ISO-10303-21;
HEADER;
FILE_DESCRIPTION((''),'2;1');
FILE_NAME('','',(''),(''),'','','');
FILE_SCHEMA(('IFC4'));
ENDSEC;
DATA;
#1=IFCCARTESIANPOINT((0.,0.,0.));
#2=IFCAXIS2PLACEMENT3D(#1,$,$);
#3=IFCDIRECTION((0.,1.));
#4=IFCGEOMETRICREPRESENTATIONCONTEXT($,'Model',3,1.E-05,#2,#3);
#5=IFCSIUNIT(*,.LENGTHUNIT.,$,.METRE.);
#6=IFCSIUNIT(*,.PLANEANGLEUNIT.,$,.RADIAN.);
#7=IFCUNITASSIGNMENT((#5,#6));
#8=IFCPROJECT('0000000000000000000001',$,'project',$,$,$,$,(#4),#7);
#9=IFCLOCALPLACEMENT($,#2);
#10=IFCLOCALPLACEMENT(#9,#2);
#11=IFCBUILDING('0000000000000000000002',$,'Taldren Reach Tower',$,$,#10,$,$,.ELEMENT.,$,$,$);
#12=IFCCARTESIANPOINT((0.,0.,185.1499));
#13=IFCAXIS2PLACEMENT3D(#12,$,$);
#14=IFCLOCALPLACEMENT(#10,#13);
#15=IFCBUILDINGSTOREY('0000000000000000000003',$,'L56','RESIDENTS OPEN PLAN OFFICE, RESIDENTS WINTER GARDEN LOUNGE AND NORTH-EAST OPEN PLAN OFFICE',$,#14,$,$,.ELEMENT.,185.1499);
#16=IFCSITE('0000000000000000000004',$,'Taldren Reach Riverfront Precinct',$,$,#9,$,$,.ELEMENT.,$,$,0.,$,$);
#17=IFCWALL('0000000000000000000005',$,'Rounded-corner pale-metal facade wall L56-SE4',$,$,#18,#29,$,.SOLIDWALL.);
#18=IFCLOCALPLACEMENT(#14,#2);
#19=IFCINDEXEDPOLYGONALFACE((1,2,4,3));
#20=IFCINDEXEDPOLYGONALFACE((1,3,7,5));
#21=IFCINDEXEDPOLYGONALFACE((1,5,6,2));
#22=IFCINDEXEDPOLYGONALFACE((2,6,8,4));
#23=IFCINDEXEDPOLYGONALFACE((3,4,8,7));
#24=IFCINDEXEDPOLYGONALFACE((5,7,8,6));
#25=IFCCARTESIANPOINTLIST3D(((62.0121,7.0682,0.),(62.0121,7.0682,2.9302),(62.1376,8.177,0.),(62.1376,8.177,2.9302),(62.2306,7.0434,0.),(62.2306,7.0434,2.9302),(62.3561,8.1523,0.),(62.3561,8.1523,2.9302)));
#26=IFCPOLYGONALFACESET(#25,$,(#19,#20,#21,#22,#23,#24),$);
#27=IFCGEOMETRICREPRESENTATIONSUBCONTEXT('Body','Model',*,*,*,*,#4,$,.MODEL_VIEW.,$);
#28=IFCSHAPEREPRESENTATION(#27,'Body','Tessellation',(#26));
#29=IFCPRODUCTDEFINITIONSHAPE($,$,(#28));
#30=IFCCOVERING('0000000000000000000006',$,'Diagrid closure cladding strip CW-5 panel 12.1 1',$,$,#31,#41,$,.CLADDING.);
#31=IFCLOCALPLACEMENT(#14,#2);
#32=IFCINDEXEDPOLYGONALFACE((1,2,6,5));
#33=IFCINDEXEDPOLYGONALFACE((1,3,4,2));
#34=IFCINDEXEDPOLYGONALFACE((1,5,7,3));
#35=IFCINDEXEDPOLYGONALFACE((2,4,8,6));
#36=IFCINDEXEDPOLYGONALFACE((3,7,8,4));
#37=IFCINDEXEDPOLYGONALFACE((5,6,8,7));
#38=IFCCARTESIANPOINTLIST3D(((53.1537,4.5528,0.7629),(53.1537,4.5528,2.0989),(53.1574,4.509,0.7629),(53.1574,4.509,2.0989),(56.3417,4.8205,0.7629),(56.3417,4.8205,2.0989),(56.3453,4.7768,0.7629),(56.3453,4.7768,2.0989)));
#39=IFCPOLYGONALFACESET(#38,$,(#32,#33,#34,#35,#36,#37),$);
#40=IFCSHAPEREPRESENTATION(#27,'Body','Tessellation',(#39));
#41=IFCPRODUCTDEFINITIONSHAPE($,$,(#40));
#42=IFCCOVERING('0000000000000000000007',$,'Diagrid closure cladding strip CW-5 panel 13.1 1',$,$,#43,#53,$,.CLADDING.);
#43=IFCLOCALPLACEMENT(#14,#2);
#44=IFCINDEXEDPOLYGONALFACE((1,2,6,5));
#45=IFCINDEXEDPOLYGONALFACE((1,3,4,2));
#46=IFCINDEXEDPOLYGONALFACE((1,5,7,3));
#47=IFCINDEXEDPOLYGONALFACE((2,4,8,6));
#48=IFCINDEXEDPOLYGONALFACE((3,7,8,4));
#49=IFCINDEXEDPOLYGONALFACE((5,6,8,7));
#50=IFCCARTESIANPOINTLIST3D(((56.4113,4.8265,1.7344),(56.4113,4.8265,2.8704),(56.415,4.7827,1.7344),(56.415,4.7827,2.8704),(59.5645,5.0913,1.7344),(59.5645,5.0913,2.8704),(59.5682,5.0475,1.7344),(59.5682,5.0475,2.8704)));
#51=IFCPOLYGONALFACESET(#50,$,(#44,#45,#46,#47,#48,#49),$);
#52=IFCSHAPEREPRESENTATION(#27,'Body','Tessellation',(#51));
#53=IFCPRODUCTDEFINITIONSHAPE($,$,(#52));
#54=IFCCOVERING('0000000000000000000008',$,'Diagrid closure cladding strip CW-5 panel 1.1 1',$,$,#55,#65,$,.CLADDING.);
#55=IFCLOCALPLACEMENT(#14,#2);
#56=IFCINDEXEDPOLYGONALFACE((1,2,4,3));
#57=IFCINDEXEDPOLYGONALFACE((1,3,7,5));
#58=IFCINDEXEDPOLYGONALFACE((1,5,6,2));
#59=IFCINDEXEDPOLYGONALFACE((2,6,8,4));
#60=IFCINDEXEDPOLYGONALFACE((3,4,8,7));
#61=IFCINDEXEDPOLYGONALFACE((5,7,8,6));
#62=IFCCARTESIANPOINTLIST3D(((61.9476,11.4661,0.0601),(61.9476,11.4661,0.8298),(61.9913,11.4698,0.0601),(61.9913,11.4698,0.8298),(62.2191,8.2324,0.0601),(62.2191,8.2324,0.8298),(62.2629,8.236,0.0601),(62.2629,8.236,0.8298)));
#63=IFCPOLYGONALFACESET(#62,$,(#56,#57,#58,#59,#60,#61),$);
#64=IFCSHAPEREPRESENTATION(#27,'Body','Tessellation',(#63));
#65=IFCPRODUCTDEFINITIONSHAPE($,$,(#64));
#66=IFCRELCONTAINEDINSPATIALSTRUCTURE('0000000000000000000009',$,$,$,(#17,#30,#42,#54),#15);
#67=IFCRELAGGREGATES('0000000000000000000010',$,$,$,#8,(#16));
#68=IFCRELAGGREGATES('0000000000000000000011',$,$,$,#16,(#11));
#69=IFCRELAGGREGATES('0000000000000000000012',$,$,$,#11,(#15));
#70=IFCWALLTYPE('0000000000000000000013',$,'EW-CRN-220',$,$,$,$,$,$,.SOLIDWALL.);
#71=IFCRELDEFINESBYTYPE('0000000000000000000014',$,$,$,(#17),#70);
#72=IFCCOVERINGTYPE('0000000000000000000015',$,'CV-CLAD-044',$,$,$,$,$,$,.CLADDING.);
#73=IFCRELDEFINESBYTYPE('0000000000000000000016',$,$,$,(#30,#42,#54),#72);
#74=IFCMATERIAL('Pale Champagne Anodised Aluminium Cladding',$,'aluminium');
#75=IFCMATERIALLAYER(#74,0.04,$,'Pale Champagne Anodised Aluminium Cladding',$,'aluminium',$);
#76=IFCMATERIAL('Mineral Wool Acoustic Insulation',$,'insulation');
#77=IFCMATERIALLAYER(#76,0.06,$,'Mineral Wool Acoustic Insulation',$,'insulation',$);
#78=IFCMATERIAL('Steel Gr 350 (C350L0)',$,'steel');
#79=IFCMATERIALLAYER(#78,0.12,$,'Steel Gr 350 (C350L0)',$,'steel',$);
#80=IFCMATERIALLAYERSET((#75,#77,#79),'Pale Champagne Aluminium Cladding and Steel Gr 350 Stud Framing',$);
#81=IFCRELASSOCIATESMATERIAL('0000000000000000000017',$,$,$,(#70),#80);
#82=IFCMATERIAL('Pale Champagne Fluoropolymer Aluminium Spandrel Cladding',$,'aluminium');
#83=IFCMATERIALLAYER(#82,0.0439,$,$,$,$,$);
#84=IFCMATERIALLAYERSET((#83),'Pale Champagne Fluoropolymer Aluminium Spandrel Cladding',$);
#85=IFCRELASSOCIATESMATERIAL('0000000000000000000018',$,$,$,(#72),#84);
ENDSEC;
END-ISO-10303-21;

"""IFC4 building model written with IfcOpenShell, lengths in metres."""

from ifc_helpers import new_model, si_unit, direction, frame, frame_2d, origin, origin_2d, place, context, subcontext, project, spatial, rectangle, extrude, source, transform, mapped, material, layer, layer_set, type_object, element, save


model = new_model("IFC4")

# Units and contexts
model_context = context("Model", 3, precision=1e-05, world=origin(), true_north=direction((0.0, 1.0)))
body_context = subcontext(model_context, "Body", "Model", "MODEL_VIEW")
ifc_project = project(units=[si_unit("LENGTHUNIT", "METRE"), si_unit("PLANEANGLEUNIT", "RADIAN")], contexts=[model_context])

# Site, building, storey
site_placement = place(None, origin())
site = spatial("IfcSite", under=ifc_project, at=site_placement, Name="Taldren Reach Riverfront Precinct", CompositionType="ELEMENT", RefElevation=0.0)
building_placement = place(site_placement, origin())
building = spatial("IfcBuilding", under=site, at=building_placement, Name="Taldren Reach Tower", CompositionType="ELEMENT")
storey_placement = place(building_placement, frame((0.0, 0.0, 185.1499)))
storey = spatial("IfcBuildingStorey", under=building, at=storey_placement, Name="L56", Description="RESIDENTS OPEN PLAN OFFICE, RESIDENTS WINTER GARDEN LOUNGE AND NORTH-EAST OPEN PLAN OFFICE", CompositionType="ELEMENT", Elevation=185.1499)

# Shared definitions
ifc_material_1 = material(Name="Steel Gr 350 (C350L0)", Category="steel")

# Wall
ifc_material_2 = material(Name="Pale Champagne Anodised Aluminium Cladding", Category="aluminium")
ifc_layer_1 = layer(ifc_material_2, 0.04, Name="Pale Champagne Anodised Aluminium Cladding", Category="aluminium")
ifc_material_3 = material(Name="Mineral Wool Acoustic Insulation", Category="insulation")
ifc_layer_2 = layer(ifc_material_3, 0.06, Name="Mineral Wool Acoustic Insulation", Category="insulation")
ifc_layer_3 = layer(ifc_material_1, 0.12, Name="Steel Gr 350 (C350L0)", Category="steel")
ifc_layer_set_1 = layer_set([ifc_layer_1, ifc_layer_2, ifc_layer_3], Name="Pale Champagne Aluminium Cladding and Steel Gr 350 Stud Framing")
wall_type = type_object("IfcWallType", Name="EW-CRN-220", PredefinedType="SOLIDWALL", material=ifc_layer_set_1)
shared_shape_1 = source(origin(), body_context, "Body", "SweptSolid", [
    extrude(rectangle(XDim=1.116, YDim=0.22, at=frame_2d((0.5581, 0.0))), origin(), (0.0, 0.0, 1.0), 2.9302),
])
for number, where, z_axis, x_axis, name in (
    (1, (62.1213, 7.0557, 0.0), (0.0, 0.0, 1.0), (0.112448, 0.993658, 0.0), "Rounded-corner pale-metal facade wall L56-SE4"),
):
    element("IfcWall", number, at=place(storey_placement, frame(where, z_axis=z_axis, x_axis=x_axis)), inside=storey, type_object=wall_type, Name=name, PredefinedType="SOLIDWALL", context=body_context, shape_type="MappedRepresentation", body=[
        mapped(shared_shape_1, transform((0.0, 0.0, 0.0), scale=1.0)),
    ])

# Coverings
ifc_material_4 = material(Name="Pale Champagne Fluoropolymer Aluminium Spandrel Cladding", Category="aluminium")
ifc_layer_4 = layer(ifc_material_4, 0.0439)
ifc_layer_set_2 = layer_set([ifc_layer_4], Name="Pale Champagne Fluoropolymer Aluminium Spandrel Cladding")
covering_type = type_object("IfcCoveringType", Name="CV-CLAD-044", PredefinedType="CLADDING", material=ifc_layer_set_2)
shared_shape_2 = source(origin(), body_context, "Body", "SweptSolid", [
    extrude(rectangle(XDim=3.1992, YDim=0.0439, at=origin_2d()), origin(), (0.0, 0.0, 1.0), 1.3359),
])
covering_1_placement = place(storey_placement, frame((54.7495, 4.6648, 0.7629), z_axis=(0.0, 0.0, 1.0), x_axis=(0.996493, 0.083678, 0.0)))
element("IfcCovering", 2, at=covering_1_placement, inside=storey, type_object=covering_type, Name="Diagrid closure cladding strip CW-5 panel 12.1 1", PredefinedType="CLADDING", context=body_context, shape_type="MappedRepresentation", body=[
    mapped(shared_shape_2, transform((0.0, 0.0, 0.0), scale=1.0)),
])
shared_shape_3 = source(origin(), body_context, "Body", "SweptSolid", [
    extrude(rectangle(XDim=3.1643, YDim=0.0439, at=origin_2d()), origin(), (0.0, 0.0, 1.0), 1.136),
])
covering_2_placement = place(storey_placement, frame((57.9897, 4.937, 1.7344), z_axis=(0.0, 0.0, 1.0), x_axis=(0.996493, 0.083678, 0.0)))
element("IfcCovering", 3, at=covering_2_placement, inside=storey, type_object=covering_type, Name="Diagrid closure cladding strip CW-5 panel 13.1 1", PredefinedType="CLADDING", context=body_context, shape_type="MappedRepresentation", body=[
    mapped(shared_shape_3, transform((0.0, 0.0, 0.0), scale=1.0)),
])
shared_shape_4 = source(origin(), body_context, "Body", "SweptSolid", [
    extrude(rectangle(XDim=3.2451, YDim=0.0439, at=origin_2d()), origin(), (0.0, 0.0, 1.0), 0.7698),
])
covering_3_placement = place(storey_placement, frame((62.1052, 9.8511, 0.0601), z_axis=(0.0, 0.0, 1.0), x_axis=(-0.083678, 0.996493, 0.0)))
element("IfcCovering", 4, at=covering_3_placement, inside=storey, type_object=covering_type, Name="Diagrid closure cladding strip CW-5 panel 1.1 1", PredefinedType="CLADDING", context=body_context, shape_type="MappedRepresentation", body=[
    mapped(shared_shape_4, transform((0.0, 0.0, 0.0), scale=1.0)),
])

save(model, "model.ifc")
